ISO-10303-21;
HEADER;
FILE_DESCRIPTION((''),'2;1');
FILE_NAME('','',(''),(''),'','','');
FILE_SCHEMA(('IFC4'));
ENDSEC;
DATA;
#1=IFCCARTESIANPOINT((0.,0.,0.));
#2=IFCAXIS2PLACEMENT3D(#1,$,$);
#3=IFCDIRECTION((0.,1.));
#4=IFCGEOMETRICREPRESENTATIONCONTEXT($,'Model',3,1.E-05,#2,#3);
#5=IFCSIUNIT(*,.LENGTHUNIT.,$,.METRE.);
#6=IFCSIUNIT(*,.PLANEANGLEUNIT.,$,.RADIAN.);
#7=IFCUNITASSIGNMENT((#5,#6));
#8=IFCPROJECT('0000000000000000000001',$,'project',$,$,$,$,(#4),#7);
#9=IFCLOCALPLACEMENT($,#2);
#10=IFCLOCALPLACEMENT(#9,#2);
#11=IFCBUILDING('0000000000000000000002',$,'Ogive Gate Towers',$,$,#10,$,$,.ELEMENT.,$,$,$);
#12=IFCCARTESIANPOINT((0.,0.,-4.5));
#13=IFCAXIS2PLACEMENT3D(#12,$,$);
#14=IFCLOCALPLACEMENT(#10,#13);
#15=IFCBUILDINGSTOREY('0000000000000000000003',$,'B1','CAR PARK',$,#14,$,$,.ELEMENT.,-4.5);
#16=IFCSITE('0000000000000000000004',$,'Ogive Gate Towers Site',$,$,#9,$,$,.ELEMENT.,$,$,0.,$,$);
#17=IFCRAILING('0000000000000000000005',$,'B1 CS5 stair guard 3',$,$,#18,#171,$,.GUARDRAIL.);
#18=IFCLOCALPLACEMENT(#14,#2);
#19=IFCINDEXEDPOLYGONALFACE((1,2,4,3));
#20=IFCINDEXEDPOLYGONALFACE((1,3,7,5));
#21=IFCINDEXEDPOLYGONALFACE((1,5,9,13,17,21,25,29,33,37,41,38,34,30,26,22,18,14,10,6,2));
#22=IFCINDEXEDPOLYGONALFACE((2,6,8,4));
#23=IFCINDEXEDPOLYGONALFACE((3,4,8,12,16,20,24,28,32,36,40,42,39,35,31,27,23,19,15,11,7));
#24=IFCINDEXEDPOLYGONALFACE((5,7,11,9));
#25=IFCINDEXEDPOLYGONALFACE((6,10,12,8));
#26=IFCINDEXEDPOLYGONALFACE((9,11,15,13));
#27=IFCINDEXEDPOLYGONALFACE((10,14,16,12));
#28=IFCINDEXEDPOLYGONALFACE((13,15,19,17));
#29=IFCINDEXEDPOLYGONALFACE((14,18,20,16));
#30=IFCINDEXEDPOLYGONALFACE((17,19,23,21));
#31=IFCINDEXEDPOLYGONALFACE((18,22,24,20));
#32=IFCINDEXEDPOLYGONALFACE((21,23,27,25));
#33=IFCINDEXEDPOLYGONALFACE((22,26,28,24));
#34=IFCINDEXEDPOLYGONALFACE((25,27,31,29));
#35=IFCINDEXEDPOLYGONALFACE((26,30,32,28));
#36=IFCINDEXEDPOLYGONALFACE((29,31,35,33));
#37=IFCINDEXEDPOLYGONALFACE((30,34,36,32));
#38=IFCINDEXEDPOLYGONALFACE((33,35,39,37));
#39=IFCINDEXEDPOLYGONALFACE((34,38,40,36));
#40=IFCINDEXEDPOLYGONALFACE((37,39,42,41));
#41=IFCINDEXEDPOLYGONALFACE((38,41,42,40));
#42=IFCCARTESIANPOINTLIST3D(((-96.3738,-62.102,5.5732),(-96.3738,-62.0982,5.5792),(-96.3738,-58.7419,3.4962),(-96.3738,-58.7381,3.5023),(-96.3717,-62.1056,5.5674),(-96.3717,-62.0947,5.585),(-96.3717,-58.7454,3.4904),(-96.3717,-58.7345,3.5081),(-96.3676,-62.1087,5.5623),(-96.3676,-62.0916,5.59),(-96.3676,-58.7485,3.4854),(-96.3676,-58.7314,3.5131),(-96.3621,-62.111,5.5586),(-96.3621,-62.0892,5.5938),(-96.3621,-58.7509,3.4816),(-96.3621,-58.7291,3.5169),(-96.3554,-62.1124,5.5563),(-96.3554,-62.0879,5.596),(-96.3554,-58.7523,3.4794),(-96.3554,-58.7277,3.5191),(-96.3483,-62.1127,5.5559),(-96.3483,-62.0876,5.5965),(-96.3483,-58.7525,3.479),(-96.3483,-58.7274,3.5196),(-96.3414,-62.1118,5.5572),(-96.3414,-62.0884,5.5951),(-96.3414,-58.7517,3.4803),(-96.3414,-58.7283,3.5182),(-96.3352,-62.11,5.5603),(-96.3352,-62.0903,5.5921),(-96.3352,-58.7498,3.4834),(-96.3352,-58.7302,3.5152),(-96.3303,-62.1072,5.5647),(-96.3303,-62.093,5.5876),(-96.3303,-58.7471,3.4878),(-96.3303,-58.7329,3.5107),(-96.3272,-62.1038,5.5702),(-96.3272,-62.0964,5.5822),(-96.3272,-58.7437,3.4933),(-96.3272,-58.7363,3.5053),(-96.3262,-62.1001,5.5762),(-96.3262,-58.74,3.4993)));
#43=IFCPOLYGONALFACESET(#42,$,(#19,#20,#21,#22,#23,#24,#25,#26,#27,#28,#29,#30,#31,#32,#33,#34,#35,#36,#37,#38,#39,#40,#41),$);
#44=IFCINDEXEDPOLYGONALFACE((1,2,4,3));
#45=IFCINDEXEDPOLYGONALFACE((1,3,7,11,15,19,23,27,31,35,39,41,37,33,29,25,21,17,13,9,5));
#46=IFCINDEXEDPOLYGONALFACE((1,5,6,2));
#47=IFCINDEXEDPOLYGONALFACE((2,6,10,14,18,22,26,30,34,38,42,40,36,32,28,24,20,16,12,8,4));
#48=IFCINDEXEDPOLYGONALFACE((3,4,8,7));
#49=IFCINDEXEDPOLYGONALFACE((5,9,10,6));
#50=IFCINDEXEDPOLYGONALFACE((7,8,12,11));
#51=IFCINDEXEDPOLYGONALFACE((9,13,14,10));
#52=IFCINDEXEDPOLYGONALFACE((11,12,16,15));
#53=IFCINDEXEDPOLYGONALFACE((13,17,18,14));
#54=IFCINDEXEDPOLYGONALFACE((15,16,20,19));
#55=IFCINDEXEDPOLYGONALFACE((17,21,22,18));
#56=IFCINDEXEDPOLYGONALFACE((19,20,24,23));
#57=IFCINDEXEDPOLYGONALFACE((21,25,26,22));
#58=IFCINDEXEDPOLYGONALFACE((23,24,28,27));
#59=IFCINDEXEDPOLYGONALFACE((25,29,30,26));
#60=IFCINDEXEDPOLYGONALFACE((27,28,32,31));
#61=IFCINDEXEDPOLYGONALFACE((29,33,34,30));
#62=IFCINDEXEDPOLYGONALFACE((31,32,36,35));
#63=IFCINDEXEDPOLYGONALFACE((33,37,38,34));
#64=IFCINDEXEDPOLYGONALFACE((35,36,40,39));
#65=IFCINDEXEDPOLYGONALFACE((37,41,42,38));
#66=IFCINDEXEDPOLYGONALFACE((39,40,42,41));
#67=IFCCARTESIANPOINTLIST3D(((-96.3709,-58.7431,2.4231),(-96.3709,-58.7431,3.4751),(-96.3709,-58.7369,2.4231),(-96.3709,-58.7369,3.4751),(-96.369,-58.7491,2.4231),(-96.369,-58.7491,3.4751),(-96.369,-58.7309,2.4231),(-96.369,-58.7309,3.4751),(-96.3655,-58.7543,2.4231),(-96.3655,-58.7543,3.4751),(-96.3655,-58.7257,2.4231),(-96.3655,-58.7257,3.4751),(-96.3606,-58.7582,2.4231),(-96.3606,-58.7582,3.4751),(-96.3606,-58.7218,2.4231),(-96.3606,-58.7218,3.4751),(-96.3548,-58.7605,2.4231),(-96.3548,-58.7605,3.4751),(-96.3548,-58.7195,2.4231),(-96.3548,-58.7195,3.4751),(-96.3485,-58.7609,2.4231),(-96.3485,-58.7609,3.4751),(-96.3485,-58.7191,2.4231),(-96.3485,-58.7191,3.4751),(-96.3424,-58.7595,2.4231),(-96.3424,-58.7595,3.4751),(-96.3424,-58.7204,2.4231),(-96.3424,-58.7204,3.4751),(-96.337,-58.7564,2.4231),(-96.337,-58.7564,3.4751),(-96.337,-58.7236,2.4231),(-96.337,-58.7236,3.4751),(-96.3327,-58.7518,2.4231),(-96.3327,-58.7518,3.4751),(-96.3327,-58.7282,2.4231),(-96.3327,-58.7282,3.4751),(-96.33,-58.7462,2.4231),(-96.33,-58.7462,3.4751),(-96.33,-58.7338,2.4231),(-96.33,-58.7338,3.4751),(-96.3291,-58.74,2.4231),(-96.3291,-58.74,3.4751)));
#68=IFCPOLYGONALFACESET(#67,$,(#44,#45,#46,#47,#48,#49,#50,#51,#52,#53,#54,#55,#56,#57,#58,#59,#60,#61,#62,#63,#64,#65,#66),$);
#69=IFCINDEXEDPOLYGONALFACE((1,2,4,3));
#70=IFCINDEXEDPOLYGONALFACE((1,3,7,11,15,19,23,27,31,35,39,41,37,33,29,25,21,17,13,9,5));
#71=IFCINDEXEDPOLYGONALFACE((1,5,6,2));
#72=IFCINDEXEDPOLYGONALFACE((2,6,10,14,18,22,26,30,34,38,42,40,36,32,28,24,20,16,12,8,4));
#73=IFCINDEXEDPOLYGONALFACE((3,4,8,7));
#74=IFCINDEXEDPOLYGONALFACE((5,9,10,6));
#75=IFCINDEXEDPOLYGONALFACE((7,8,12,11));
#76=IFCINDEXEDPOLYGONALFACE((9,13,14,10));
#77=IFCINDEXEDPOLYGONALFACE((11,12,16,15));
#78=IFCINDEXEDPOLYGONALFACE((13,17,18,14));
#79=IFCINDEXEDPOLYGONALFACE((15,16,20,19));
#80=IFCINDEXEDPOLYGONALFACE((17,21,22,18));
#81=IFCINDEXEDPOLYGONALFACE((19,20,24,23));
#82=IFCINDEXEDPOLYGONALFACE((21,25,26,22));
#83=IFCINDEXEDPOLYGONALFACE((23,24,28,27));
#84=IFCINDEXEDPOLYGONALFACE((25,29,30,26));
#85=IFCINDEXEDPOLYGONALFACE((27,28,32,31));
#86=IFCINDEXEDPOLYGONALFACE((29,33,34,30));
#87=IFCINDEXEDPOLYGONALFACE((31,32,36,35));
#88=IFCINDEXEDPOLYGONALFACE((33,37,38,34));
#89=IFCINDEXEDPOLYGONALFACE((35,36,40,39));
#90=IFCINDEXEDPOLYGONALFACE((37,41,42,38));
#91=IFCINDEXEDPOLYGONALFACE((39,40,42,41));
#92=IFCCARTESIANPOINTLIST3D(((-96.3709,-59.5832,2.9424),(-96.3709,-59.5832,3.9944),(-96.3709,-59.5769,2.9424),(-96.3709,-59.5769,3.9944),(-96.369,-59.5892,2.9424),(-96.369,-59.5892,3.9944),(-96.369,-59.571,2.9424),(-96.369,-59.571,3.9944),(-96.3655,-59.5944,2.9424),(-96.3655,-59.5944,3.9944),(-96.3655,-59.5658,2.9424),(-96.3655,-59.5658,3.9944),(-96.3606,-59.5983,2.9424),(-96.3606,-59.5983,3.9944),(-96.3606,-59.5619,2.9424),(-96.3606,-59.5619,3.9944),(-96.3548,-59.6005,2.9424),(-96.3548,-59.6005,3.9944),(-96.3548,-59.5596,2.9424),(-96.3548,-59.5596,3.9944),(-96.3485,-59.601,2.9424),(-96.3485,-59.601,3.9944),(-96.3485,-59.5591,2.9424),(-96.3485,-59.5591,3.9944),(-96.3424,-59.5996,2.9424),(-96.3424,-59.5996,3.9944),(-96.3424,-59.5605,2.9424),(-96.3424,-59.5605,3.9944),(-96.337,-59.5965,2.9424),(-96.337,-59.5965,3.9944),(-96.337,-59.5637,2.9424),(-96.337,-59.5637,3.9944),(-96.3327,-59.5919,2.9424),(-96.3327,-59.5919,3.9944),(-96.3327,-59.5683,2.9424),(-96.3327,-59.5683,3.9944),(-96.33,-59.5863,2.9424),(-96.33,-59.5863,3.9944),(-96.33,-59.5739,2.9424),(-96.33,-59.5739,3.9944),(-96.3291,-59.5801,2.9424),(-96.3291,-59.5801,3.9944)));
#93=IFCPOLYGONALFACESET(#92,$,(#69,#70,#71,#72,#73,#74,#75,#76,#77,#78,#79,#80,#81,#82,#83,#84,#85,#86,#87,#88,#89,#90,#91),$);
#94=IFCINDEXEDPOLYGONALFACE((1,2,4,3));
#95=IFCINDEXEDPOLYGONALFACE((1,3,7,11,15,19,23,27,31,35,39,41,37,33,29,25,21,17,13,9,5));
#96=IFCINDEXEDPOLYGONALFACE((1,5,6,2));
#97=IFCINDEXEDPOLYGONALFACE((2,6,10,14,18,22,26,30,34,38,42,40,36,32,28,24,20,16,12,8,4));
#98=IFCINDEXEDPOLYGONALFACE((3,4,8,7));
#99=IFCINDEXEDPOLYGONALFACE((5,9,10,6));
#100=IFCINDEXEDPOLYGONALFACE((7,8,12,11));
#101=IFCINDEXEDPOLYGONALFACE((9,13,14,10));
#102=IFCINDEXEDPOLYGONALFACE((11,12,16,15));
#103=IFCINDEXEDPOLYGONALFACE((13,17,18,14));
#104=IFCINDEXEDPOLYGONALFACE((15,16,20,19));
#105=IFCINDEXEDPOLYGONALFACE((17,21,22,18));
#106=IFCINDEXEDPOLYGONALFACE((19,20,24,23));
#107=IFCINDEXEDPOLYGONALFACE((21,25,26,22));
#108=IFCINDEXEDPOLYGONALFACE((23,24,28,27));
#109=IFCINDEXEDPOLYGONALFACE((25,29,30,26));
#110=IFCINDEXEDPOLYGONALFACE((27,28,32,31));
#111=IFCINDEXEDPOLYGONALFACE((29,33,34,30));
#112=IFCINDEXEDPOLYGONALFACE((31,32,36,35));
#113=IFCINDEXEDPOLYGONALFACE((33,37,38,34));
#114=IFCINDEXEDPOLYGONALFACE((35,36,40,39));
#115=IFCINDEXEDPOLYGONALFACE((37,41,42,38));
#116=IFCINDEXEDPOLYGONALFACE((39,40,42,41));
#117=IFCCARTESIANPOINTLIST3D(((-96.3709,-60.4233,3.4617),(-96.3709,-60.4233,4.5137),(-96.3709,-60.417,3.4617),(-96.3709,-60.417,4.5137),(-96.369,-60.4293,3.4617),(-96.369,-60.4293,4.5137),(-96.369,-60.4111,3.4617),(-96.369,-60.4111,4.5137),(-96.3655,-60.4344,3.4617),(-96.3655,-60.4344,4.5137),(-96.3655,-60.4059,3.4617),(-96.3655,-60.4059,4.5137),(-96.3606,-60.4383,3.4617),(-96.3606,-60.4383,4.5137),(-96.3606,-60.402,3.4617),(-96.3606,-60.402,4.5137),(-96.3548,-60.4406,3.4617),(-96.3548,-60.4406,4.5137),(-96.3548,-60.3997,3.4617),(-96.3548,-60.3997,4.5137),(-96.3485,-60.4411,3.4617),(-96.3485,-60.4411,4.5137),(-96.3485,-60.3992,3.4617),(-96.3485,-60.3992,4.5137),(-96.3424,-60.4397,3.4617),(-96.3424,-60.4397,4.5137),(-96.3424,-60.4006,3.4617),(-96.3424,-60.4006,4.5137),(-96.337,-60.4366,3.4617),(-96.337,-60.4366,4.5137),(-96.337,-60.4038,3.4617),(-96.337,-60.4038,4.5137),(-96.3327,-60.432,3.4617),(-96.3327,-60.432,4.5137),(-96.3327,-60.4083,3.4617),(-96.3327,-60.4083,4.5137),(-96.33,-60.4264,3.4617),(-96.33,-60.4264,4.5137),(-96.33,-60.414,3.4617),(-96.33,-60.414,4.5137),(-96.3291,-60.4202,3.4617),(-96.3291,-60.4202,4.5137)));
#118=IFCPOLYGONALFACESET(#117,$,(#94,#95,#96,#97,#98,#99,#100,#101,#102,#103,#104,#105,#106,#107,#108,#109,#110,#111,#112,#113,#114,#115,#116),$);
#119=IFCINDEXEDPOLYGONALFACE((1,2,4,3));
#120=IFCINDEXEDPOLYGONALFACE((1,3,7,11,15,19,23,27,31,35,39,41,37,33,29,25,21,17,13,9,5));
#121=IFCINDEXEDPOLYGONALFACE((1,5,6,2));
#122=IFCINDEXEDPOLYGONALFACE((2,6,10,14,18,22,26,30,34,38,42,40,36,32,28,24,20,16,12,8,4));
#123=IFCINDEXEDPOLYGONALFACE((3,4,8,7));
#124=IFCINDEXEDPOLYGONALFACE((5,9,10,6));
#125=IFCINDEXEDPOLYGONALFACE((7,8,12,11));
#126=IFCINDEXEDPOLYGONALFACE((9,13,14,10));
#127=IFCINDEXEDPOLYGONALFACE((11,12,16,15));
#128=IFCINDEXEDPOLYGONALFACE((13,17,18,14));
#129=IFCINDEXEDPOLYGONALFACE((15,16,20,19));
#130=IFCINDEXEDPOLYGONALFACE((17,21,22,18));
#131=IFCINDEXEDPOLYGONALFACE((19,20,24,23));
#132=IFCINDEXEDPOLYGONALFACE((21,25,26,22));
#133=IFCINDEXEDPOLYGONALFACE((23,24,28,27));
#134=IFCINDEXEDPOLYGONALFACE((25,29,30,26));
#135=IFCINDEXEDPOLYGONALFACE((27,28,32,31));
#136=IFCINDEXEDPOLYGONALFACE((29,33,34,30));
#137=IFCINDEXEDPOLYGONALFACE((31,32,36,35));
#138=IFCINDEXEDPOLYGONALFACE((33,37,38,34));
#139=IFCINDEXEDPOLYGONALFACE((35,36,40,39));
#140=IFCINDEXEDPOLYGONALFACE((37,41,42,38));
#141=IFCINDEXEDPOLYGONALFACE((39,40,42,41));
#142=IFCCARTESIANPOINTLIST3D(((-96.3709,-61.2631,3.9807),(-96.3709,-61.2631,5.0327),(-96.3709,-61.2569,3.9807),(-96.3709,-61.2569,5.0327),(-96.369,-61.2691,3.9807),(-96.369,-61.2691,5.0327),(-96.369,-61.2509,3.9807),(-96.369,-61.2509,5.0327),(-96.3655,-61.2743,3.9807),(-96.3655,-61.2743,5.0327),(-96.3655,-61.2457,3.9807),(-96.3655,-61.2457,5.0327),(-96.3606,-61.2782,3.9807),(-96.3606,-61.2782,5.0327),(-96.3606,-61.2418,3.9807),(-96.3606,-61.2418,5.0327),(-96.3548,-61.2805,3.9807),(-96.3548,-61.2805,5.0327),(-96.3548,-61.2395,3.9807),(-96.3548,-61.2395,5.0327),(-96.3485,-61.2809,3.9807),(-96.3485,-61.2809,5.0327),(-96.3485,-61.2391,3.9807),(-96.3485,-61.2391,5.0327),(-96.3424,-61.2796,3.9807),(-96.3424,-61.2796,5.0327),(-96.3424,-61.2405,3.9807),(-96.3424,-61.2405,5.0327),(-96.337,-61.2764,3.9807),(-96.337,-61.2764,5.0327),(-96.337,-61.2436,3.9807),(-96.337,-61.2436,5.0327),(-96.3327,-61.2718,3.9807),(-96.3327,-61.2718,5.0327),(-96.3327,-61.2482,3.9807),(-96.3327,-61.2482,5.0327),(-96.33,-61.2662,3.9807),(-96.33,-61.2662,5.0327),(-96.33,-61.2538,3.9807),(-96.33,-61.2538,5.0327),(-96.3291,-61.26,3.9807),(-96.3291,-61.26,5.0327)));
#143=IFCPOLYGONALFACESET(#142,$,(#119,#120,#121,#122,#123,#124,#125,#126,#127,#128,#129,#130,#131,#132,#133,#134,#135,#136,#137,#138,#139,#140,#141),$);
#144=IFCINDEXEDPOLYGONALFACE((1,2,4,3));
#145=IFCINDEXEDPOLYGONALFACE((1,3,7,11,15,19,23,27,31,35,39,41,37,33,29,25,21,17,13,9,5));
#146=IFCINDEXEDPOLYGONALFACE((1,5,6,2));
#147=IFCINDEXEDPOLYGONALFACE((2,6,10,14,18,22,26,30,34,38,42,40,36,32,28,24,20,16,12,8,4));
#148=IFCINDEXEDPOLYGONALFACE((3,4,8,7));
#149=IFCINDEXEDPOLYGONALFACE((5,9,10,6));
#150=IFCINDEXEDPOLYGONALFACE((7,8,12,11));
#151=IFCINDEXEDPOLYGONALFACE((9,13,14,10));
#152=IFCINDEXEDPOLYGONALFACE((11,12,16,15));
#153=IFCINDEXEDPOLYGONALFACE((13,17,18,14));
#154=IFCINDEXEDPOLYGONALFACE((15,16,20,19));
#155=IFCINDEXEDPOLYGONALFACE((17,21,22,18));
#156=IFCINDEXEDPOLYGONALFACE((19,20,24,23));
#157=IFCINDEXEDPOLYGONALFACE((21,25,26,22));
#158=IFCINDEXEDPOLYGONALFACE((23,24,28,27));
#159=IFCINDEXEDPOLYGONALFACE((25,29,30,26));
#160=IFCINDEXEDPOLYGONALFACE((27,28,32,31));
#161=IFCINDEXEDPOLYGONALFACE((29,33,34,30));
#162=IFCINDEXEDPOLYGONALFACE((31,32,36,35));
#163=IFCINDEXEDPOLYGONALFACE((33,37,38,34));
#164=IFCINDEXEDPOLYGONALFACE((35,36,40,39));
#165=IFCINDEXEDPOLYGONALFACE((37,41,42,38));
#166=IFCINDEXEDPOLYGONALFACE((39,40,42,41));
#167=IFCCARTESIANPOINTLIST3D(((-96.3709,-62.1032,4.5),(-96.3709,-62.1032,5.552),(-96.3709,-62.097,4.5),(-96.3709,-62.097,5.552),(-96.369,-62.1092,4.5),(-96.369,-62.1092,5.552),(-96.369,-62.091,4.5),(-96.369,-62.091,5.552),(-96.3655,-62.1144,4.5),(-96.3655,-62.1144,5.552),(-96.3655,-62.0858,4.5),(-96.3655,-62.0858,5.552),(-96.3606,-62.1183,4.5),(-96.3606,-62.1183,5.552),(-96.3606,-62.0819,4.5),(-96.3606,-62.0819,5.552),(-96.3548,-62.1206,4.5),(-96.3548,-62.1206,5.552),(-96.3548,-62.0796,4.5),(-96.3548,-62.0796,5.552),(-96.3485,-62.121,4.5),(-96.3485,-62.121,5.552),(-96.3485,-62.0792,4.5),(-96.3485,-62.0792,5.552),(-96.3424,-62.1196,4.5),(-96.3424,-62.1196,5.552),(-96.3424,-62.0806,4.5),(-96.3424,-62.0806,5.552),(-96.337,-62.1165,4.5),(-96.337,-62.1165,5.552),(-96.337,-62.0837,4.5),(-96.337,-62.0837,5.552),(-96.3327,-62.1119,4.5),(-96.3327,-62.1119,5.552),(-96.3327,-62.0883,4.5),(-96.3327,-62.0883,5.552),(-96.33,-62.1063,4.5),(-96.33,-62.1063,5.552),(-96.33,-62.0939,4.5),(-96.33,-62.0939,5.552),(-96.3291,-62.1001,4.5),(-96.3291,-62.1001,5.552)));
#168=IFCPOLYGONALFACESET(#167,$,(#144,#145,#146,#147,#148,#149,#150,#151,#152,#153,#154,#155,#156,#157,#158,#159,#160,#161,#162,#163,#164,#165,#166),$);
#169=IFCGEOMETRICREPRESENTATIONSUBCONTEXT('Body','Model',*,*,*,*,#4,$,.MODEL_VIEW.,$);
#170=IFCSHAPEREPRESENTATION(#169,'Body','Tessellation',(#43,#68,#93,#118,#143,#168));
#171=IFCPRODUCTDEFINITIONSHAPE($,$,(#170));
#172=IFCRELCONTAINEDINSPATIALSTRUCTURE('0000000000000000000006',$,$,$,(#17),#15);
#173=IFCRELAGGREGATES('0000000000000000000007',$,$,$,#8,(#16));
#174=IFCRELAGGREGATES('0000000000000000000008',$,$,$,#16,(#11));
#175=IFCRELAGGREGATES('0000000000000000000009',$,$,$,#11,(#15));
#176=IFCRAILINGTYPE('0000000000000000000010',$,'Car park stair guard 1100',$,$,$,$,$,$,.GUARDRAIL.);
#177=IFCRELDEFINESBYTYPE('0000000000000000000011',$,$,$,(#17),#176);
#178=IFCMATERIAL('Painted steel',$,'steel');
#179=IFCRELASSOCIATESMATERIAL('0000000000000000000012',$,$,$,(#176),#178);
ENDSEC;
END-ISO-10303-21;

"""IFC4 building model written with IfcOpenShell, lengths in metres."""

from ifc_helpers import new_model, si_unit, direction, frame, origin, origin_2d, place, context, subcontext, project, spatial, circle, extrude, material, type_object, element, save


model = new_model("IFC4")

# Units and contexts
model_context = context("Model", 3, precision=1e-05, world=origin(), true_north=direction((0.0, 1.0)))
body_context = subcontext(model_context, "Body", "Model", "MODEL_VIEW")
ifc_project = project(units=[si_unit("LENGTHUNIT", "METRE"), si_unit("PLANEANGLEUNIT", "RADIAN")], contexts=[model_context])

# Site, building, storey
site_placement = place(None, origin())
site = spatial("IfcSite", under=ifc_project, at=site_placement, Name="Ogive Gate Towers Site", CompositionType="ELEMENT", RefElevation=0.0)
building_placement = place(site_placement, origin())
building = spatial("IfcBuilding", under=site, at=building_placement, Name="Ogive Gate Towers", CompositionType="ELEMENT")
storey_placement = place(building_placement, frame((0.0, 0.0, -4.5)))
storey = spatial("IfcBuildingStorey", under=building, at=storey_placement, Name="B1", Description="CAR PARK", CompositionType="ELEMENT", Elevation=-4.5)

# Railing
ifc_material_1 = material(Name="Painted steel", Category="steel")
railing_type_1 = type_object("IfcRailingType", Name="Car park stair guard 1100", PredefinedType="GUARDRAIL", material=ifc_material_1)
railing_1_placement = place(storey_placement, frame((-96.3501, -58.74, 2.4231)))
element("IfcRailing", 1, at=railing_1_placement, inside=storey, type_object=railing_type_1, Name="B1 CS5 stair guard 3", PredefinedType="GUARDRAIL", context=body_context, shape_type="SweptSolid", body=[
    extrude(circle(Radius=0.0239, at=origin_2d()), frame((0.0, 0.0, 1.0762), z_axis=(0.0, -0.850623, 0.525776), x_axis=(1.0, 0.0, 0.0)), (0.0, 0.0, 1.0), 3.9502),
    extrude(circle(Radius=0.021, at=origin_2d()), origin(), (0.0, 0.0, 1.0), 1.052),
    extrude(circle(Radius=0.021, at=origin_2d()), frame((0.0, -0.8401, 0.5193)), (0.0, 0.0, 1.0), 1.052),
    extrude(circle(Radius=0.021, at=origin_2d()), frame((0.0, -1.6802, 1.0386)), (0.0, 0.0, 1.0), 1.052),
    extrude(circle(Radius=0.021, at=origin_2d()), frame((0.0, -2.52, 1.5576)), (0.0, 0.0, 1.0), 1.052),
    extrude(circle(Radius=0.021, at=origin_2d()), frame((0.0, -3.3601, 2.0769)), (0.0, 0.0, 1.0), 1.052),
])

save(model, "model.ifc")
